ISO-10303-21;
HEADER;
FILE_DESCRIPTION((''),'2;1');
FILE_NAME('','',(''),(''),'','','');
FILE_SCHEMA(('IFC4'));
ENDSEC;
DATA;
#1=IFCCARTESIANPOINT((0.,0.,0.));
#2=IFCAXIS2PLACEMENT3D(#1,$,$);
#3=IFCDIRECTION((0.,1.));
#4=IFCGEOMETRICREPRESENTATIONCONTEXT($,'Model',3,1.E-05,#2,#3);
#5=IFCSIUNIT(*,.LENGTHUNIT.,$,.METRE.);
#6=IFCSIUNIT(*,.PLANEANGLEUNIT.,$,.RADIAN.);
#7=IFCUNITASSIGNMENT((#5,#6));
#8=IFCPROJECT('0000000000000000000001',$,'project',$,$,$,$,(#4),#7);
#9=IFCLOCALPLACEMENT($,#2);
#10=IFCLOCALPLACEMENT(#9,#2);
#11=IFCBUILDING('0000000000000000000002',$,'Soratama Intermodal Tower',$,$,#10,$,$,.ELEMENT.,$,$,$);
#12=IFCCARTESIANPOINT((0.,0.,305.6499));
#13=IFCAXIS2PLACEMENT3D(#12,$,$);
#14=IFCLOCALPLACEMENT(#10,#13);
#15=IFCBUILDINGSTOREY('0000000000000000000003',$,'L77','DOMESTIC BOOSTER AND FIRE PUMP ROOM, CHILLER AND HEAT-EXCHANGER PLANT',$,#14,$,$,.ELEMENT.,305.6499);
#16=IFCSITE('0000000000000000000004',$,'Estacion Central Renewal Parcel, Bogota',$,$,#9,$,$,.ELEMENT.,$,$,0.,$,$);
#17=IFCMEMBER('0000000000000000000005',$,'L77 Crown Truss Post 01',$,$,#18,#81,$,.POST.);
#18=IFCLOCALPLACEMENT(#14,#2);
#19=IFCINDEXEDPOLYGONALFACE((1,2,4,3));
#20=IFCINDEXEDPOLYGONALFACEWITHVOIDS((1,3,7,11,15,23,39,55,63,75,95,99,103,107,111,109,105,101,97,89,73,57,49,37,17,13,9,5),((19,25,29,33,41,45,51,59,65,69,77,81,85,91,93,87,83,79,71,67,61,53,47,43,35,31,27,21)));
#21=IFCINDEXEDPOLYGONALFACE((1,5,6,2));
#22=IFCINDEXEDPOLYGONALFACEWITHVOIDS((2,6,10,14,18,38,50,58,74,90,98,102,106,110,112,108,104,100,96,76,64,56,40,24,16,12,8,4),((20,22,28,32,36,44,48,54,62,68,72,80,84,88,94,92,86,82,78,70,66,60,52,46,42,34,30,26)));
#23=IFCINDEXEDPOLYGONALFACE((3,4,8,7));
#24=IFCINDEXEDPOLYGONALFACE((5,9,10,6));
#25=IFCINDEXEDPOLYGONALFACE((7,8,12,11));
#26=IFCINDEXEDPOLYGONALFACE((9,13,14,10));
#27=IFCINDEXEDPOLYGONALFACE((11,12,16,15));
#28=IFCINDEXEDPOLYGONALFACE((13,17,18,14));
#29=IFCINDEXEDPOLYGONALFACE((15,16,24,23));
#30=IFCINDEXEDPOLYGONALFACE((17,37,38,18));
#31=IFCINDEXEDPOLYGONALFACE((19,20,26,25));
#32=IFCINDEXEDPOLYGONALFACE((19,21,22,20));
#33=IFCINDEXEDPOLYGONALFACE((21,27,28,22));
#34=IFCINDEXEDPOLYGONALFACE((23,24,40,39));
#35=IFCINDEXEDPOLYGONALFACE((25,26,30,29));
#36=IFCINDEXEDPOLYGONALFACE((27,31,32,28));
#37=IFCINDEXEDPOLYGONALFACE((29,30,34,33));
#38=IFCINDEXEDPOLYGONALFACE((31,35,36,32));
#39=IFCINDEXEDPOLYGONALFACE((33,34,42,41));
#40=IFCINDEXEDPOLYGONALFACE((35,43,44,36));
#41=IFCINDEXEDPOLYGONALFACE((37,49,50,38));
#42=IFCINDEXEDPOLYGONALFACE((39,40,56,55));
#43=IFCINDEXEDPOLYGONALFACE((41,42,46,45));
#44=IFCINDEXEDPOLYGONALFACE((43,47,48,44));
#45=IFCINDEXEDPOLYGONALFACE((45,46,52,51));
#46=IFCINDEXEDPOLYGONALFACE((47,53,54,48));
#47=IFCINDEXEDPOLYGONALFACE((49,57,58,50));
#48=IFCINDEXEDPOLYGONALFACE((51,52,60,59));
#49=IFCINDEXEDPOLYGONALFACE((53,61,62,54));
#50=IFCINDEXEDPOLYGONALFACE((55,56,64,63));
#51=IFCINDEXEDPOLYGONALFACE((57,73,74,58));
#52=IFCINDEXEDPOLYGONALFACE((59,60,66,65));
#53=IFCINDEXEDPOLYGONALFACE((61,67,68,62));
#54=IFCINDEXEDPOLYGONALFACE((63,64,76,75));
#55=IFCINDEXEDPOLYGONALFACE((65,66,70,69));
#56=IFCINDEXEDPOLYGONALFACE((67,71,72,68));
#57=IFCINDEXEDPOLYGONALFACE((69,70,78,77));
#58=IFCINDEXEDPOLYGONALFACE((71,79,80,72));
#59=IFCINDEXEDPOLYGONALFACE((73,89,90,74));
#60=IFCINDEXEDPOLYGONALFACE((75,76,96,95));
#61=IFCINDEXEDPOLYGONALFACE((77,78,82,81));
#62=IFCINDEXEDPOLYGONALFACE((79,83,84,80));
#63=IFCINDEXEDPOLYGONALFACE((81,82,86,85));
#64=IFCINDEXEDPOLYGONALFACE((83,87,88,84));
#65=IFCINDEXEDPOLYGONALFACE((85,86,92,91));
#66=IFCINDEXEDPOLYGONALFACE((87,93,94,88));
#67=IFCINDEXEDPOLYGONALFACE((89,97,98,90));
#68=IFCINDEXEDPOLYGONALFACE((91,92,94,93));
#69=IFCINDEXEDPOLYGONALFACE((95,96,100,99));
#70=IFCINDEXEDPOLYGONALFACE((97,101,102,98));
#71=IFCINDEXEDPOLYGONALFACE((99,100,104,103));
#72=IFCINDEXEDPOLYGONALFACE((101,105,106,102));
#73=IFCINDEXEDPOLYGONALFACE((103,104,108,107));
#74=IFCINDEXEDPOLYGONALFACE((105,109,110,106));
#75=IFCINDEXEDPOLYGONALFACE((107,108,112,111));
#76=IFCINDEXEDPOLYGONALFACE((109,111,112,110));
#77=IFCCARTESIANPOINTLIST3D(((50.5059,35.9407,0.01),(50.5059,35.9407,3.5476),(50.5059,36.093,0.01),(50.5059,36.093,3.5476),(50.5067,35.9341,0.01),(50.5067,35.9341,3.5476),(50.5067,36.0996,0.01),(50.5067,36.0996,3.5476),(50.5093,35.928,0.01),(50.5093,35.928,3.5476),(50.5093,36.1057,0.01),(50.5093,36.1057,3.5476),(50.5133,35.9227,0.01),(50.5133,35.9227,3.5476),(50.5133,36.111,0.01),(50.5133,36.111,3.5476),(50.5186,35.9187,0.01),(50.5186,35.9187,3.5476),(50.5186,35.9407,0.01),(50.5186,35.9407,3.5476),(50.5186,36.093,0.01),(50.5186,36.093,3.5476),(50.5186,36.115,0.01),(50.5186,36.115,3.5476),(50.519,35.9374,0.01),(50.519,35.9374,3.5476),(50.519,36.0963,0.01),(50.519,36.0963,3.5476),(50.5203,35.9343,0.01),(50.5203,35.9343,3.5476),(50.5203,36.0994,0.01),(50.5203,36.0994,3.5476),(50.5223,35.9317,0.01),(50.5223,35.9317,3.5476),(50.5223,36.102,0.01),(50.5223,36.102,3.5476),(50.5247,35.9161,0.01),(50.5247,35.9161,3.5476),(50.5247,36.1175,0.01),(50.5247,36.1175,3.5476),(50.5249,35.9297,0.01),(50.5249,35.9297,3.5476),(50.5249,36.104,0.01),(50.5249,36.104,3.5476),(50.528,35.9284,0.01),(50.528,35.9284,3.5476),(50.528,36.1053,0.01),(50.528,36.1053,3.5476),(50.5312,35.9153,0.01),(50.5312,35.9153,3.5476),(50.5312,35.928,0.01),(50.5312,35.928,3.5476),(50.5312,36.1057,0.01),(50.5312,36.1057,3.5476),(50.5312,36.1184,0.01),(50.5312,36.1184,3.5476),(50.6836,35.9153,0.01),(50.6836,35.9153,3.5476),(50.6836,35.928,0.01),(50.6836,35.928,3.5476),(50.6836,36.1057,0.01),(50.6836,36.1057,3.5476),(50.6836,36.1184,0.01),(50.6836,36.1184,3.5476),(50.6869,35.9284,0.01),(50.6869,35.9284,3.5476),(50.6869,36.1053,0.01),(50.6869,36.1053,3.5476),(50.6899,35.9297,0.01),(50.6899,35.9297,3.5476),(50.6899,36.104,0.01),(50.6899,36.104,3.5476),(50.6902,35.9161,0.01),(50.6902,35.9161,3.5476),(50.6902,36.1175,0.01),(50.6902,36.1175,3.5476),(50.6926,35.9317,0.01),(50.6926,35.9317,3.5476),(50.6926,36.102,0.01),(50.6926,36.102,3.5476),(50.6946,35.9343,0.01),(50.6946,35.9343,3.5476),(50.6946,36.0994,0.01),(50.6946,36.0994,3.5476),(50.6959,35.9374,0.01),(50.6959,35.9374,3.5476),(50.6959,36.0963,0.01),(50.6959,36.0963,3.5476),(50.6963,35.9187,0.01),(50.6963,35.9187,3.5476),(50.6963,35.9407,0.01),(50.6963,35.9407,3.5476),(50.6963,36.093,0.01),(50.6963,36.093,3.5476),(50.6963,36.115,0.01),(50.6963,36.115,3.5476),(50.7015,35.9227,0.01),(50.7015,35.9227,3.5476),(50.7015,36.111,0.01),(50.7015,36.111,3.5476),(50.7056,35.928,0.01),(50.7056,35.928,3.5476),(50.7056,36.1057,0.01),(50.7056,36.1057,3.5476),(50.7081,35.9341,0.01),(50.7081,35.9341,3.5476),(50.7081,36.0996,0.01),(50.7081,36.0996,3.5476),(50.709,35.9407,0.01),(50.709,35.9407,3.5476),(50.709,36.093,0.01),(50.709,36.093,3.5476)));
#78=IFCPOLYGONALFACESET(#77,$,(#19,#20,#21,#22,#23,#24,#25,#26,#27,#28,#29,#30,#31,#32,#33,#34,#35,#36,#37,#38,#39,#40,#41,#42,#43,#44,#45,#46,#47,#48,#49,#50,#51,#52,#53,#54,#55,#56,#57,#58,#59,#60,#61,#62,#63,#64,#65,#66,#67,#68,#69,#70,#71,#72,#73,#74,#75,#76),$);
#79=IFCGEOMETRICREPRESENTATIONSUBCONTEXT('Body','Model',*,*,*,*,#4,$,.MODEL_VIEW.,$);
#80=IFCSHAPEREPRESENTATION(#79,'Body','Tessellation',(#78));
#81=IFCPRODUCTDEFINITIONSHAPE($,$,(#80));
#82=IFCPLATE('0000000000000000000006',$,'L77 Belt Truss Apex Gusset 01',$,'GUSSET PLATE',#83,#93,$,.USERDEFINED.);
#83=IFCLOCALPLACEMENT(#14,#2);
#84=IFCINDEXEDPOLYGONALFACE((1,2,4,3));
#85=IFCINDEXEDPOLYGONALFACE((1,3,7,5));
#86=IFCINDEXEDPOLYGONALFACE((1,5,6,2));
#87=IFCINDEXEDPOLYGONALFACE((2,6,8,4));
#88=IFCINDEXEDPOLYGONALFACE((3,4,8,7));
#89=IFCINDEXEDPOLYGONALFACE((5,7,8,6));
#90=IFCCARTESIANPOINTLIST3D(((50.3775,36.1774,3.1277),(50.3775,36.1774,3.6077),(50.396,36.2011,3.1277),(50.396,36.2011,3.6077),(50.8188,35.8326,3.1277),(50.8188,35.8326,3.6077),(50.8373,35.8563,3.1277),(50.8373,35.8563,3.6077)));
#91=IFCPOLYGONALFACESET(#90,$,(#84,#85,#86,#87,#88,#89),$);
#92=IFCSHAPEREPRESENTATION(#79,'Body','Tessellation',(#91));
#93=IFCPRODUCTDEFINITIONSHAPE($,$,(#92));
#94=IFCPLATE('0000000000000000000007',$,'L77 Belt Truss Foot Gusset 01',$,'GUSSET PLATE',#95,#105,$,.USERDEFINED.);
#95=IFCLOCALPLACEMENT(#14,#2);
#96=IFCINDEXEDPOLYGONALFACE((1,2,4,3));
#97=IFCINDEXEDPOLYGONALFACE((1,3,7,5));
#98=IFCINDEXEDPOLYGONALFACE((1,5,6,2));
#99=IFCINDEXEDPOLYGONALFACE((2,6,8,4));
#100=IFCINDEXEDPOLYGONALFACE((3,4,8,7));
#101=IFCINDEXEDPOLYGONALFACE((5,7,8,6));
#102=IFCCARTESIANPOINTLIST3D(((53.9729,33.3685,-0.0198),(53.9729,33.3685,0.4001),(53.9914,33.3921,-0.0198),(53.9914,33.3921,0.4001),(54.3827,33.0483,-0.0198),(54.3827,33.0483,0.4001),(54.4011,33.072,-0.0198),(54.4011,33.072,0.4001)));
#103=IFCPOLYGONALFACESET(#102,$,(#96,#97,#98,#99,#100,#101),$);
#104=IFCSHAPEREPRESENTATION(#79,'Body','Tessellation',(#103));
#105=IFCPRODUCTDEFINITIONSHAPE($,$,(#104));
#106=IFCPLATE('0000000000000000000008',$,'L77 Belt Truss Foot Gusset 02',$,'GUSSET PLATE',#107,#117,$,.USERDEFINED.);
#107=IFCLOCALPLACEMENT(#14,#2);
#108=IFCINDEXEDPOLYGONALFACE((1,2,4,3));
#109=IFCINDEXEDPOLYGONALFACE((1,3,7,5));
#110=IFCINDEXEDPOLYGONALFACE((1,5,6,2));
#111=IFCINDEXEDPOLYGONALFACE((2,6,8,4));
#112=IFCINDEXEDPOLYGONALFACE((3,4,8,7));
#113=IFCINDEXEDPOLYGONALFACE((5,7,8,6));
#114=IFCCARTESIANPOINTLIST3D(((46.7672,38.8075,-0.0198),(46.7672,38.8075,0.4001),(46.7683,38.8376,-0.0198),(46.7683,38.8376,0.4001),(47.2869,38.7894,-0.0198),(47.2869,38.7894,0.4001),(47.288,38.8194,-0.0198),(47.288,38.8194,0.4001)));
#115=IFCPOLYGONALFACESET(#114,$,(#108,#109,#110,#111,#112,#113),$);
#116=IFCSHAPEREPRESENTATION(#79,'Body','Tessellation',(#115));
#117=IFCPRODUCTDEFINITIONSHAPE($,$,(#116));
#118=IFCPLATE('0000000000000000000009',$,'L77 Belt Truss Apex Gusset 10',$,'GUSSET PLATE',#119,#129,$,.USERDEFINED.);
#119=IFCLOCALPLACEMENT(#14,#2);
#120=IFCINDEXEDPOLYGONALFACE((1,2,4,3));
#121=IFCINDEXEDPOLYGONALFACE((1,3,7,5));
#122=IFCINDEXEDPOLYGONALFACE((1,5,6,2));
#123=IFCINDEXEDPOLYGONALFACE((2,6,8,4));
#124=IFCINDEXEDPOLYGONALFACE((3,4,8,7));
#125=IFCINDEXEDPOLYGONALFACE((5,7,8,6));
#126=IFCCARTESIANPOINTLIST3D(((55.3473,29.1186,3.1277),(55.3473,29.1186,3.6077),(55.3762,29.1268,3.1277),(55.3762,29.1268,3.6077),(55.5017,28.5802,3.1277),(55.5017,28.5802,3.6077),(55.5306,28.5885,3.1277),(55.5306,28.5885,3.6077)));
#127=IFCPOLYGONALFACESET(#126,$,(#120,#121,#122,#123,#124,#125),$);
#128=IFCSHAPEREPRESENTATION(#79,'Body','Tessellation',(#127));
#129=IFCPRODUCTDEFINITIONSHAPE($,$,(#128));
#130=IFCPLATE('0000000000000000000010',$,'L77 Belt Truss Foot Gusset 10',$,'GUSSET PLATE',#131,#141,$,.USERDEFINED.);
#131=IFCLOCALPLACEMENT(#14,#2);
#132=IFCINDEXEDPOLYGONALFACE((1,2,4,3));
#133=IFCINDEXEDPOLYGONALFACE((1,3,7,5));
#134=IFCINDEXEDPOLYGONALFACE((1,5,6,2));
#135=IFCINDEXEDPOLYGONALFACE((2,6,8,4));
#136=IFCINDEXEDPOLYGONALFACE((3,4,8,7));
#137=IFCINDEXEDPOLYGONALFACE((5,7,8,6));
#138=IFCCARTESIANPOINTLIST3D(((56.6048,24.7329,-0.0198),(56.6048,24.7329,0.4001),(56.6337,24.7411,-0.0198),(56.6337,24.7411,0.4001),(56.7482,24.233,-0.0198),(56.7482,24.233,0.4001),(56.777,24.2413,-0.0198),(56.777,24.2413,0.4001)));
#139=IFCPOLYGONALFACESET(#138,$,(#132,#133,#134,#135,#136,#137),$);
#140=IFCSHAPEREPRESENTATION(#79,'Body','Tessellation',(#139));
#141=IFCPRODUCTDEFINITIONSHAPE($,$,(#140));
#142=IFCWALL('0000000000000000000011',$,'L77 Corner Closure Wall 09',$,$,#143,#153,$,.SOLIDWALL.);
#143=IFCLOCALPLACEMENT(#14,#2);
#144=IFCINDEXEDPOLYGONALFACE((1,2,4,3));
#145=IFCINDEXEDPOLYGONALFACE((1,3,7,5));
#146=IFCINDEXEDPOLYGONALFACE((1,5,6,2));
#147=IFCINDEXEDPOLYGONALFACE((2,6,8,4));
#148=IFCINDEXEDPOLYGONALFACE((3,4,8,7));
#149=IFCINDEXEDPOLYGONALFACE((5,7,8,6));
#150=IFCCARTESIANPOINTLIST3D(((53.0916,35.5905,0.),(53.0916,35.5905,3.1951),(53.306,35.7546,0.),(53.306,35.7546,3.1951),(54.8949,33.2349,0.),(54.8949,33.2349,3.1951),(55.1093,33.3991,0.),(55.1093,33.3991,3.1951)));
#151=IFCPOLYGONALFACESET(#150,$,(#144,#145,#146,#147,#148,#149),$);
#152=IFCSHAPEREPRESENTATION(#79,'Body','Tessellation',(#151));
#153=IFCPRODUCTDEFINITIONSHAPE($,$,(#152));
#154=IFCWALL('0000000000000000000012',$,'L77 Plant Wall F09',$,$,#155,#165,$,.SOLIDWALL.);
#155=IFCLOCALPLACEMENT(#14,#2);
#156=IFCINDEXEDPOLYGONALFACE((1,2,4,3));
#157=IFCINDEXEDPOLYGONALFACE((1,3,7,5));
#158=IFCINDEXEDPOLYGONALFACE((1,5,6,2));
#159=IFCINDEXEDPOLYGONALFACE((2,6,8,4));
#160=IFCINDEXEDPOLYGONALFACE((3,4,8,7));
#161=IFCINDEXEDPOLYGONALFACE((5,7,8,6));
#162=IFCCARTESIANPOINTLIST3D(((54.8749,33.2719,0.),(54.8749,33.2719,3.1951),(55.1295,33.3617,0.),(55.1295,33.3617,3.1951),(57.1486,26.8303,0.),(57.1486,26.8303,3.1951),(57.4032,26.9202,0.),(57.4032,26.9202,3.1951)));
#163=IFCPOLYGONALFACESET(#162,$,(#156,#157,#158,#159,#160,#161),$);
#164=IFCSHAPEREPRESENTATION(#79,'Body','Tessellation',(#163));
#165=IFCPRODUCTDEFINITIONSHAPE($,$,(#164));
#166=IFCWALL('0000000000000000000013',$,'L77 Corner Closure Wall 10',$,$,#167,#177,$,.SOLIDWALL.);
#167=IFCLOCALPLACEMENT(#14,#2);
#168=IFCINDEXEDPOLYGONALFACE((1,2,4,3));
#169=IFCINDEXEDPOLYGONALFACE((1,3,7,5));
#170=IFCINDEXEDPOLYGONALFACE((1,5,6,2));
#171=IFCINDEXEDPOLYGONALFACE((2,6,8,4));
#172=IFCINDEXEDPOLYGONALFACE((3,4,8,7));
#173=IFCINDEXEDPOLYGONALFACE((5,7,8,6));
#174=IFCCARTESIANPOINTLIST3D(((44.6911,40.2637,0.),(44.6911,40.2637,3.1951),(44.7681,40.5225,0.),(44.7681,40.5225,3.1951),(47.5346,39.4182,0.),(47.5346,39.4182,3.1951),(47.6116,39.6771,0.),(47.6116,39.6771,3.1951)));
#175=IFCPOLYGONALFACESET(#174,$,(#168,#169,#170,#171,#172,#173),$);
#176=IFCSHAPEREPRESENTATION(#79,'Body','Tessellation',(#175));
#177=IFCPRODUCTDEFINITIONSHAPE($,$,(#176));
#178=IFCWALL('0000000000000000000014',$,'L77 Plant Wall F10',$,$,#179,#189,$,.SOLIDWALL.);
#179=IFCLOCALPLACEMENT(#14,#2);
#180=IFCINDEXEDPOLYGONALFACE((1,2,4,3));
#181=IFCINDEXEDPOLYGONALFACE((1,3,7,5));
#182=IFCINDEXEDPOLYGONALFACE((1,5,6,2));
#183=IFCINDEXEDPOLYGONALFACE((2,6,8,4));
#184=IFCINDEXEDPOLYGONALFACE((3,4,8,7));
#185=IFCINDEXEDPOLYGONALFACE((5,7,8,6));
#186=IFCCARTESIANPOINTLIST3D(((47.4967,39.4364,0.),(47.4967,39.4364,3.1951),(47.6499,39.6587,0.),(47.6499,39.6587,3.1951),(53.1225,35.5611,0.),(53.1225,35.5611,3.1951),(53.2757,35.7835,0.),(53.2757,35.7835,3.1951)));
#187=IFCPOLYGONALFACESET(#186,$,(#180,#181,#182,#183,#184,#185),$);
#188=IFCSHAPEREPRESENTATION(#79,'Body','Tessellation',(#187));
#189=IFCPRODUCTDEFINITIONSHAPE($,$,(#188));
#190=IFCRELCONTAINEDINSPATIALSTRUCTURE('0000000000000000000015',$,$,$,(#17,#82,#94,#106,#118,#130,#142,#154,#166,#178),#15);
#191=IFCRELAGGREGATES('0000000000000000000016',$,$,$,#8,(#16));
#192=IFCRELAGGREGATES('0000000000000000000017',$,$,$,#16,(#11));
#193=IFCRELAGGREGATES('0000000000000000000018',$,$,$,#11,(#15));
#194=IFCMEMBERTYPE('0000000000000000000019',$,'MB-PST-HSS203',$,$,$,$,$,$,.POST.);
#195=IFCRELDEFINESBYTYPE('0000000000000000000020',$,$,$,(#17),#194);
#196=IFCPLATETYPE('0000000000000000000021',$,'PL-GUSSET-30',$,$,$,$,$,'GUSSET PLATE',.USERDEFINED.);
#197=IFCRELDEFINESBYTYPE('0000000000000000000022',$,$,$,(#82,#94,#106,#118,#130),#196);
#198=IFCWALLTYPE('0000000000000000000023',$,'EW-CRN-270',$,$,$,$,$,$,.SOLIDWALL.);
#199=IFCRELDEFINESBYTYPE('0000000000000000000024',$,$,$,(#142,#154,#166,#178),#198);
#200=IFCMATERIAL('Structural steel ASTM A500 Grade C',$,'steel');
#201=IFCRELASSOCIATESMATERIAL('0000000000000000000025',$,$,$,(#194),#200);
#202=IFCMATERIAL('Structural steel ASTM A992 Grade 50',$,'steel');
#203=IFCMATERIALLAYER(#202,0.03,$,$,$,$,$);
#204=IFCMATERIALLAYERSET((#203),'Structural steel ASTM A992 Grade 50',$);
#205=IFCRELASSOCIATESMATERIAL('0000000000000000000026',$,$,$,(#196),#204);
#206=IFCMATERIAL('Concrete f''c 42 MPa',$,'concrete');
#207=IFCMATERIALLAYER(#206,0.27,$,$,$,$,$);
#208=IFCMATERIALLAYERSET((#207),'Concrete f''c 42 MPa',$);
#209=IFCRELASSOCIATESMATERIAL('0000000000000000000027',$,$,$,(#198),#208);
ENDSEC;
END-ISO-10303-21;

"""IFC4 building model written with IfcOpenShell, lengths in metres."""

from ifc_helpers import new_model, si_unit, direction, frame, frame_2d, origin, origin_2d, place, context, subcontext, project, spatial, rectangle, hollow_rectangle, extrude, material, layer, layer_set, material_profile, profile_set, type_object, element, save


model = new_model("IFC4")

# Units and contexts
model_context = context("Model", 3, precision=1e-05, world=origin(), true_north=direction((0.0, 1.0)))
body_context = subcontext(model_context, "Body", "Model", "MODEL_VIEW")
ifc_project = project(units=[si_unit("LENGTHUNIT", "METRE"), si_unit("PLANEANGLEUNIT", "RADIAN")], contexts=[model_context])

# Site, building, storey
site_placement = place(None, origin())
site = spatial("IfcSite", under=ifc_project, at=site_placement, Name="Estacion Central Renewal Parcel, Bogota", CompositionType="ELEMENT", RefElevation=0.0)
building_placement = place(site_placement, origin())
building = spatial("IfcBuilding", under=site, at=building_placement, Name="Soratama Intermodal Tower", CompositionType="ELEMENT")
storey_placement = place(building_placement, frame((0.0, 0.0, 305.6499)))
storey = spatial("IfcBuildingStorey", under=building, at=storey_placement, Name="L77", Description="DOMESTIC BOOSTER AND FIRE PUMP ROOM, CHILLER AND HEAT-EXCHANGER PLANT", CompositionType="ELEMENT", Elevation=305.6499)

# Member
ifc_material_1 = material(Name="Structural steel ASTM A500 Grade C", Category="steel")
ifc_material_profile_1 = material_profile(ifc_material_1, hollow_rectangle(XDim=0.2031, YDim=0.2031, WallThickness=0.0127, InnerFilletRadius=0.0127, OuterFilletRadius=0.0254, at=origin_2d()), Name="HSS203X203X12.7")
ifc_profile_set_1 = profile_set([ifc_material_profile_1], Name="Structural steel ASTM A500 Grade C")
member_type_1 = type_object("IfcMemberType", Name="MB-PST-HSS203", PredefinedType="POST", material=ifc_profile_set_1)
member_1_placement = place(storey_placement, frame((50.6074, 36.0168, 0.01), z_axis=(0.0, 0.0, 1.0), x_axis=(1.0, 0.0, 0.0)))
element("IfcMember", 1, at=member_1_placement, inside=storey, type_object=member_type_1, Name="L77 Crown Truss Post 01", PredefinedType="POST", context=body_context, shape_type="SweptSolid", body=[
    extrude(hollow_rectangle(XDim=0.2031, YDim=0.2031, WallThickness=0.0127, InnerFilletRadius=0.0127, OuterFilletRadius=0.0254, at=origin_2d()), origin(), (0.0, 0.0, 1.0), 3.5376),
])

# Plates
ifc_material_2 = material(Name="Structural steel ASTM A992 Grade 50", Category="steel")
ifc_layer_1 = layer(ifc_material_2, 0.03)
ifc_layer_set_1 = layer_set([ifc_layer_1], Name="Structural steel ASTM A992 Grade 50")
plate_type = type_object("IfcPlateType", Name="PL-GUSSET-30", ElementType="GUSSET PLATE", PredefinedType="USERDEFINED", material=ifc_layer_set_1)
plate_1_placement = place(storey_placement, frame((50.6074, 36.0168, 3.1277), z_axis=(0.0, 0.0, 1.0), x_axis=(-0.788011, 0.615661, 0.0)))
element("IfcPlate", 2, at=plate_1_placement, inside=storey, type_object=plate_type, Name="L77 Belt Truss Apex Gusset 01", ObjectType="GUSSET PLATE", PredefinedType="USERDEFINED", context=body_context, shape_type="SweptSolid", body=[
    extrude(rectangle(XDim=0.5601, YDim=0.03, at=origin_2d()), origin(), (0.0, 0.0, 1.0), 0.48),
])
for number, where, z_axis, x_axis, name in (
    (3, (54.187, 33.2202, -0.0198), (0.0, 0.0, 1.0), (-0.788011, 0.615661, 0.0), "L77 Belt Truss Foot Gusset 01"),
    (4, (47.0276, 38.8135, -0.0198), (0.0, 0.0, 1.0), (-0.999391, 0.034899, 0.0), "L77 Belt Truss Foot Gusset 02"),
):
    element("IfcPlate", number, at=place(storey_placement, frame(where, z_axis=z_axis, x_axis=x_axis)), inside=storey, type_object=plate_type, Name=name, ObjectType="GUSSET PLATE", PredefinedType="USERDEFINED", context=body_context, shape_type="SweptSolid", body=[
        extrude(rectangle(XDim=0.52, YDim=0.03, at=origin_2d()), origin(), (0.0, 0.0, 1.0), 0.4199),
    ])
plate_2_placement = place(storey_placement, frame((55.439, 28.8535, 3.1277), z_axis=(0.0, 0.0, 1.0), x_axis=(-0.275637, 0.961262, 0.0)))
element("IfcPlate", 5, at=plate_2_placement, inside=storey, type_object=plate_type, Name="L77 Belt Truss Apex Gusset 10", ObjectType="GUSSET PLATE", PredefinedType="USERDEFINED", context=body_context, shape_type="SweptSolid", body=[
    extrude(rectangle(XDim=0.5601, YDim=0.03, at=origin_2d()), origin(), (0.0, 0.0, 1.0), 0.48),
])
plate_3_placement = place(storey_placement, frame((56.6909, 24.4871, -0.0198), z_axis=(0.0, 0.0, 1.0), x_axis=(-0.275637, 0.961262, 0.0)))
element("IfcPlate", 6, at=plate_3_placement, inside=storey, type_object=plate_type, Name="L77 Belt Truss Foot Gusset 10", ObjectType="GUSSET PLATE", PredefinedType="USERDEFINED", context=body_context, shape_type="SweptSolid", body=[
    extrude(rectangle(XDim=0.52, YDim=0.03, at=origin_2d()), origin(), (0.0, 0.0, 1.0), 0.4199),
])

# Walls
ifc_material_3 = material(Name="Concrete f'c 42 MPa", Category="concrete")
ifc_layer_2 = layer(ifc_material_3, 0.27)
ifc_layer_set_2 = layer_set([ifc_layer_2], Name="Concrete f'c 42 MPa")
wall_type_1 = type_object("IfcWallType", Name="EW-CRN-270", PredefinedType="SOLIDWALL", material=ifc_layer_set_2)
wall_1_placement = place(storey_placement, frame((55.0022, 33.3169, 0.0), z_axis=(0.0, 0.0, 1.0), x_axis=(-0.607872, 0.794035, 0.0)))
element("IfcWall", 7, at=wall_1_placement, inside=storey, type_object=wall_type_1, Name="L77 Corner Closure Wall 09", PredefinedType="SOLIDWALL", context=body_context, shape_type="SweptSolid", body=[
    extrude(rectangle(XDim=2.9666, YDim=0.27, at=frame_2d((1.4834, 0.0))), origin(), (0.0, 0.0, 1.0), 3.1951),
])
wall_2_placement = place(storey_placement, frame((57.2759, 26.8752, 0.0), z_axis=(0.0, 0.0, 1.0), x_axis=(-0.332841, 0.942983, 0.0)))
element("IfcWall", 8, at=wall_2_placement, inside=storey, type_object=wall_type_1, Name="L77 Plant Wall F09", PredefinedType="SOLIDWALL", context=body_context, shape_type="SweptSolid", body=[
    extrude(rectangle(XDim=6.8311, YDim=0.27, at=frame_2d((3.4155, 0.0))), origin(), (0.0, 0.0, 1.0), 3.1951),
])
wall_3_placement = place(storey_placement, frame((47.5732, 39.5476, 0.0), z_axis=(0.0, 0.0, 1.0), x_axis=(-0.958528, 0.284999, 0.0)))
element("IfcWall", 9, at=wall_3_placement, inside=storey, type_object=wall_type_1, Name="L77 Corner Closure Wall 10", PredefinedType="SOLIDWALL", context=body_context, shape_type="SweptSolid", body=[
    extrude(rectangle(XDim=2.9666, YDim=0.27, at=frame_2d((1.4834, 0.0))), origin(), (0.0, 0.0, 1.0), 3.1951),
])
wall_4_placement = place(storey_placement, frame((53.199, 35.6724, 0.0), z_axis=(0.0, 0.0, 1.0), x_axis=(-0.823525, 0.567279, 0.0)))
element("IfcWall", 10, at=wall_4_placement, inside=storey, type_object=wall_type_1, Name="L77 Plant Wall F10", PredefinedType="SOLIDWALL", context=body_context, shape_type="SweptSolid", body=[
    extrude(rectangle(XDim=6.8313, YDim=0.27, at=frame_2d((3.4155, 0.0))), origin(), (0.0, 0.0, 1.0), 3.1951),
])

save(model, "model.ifc")
